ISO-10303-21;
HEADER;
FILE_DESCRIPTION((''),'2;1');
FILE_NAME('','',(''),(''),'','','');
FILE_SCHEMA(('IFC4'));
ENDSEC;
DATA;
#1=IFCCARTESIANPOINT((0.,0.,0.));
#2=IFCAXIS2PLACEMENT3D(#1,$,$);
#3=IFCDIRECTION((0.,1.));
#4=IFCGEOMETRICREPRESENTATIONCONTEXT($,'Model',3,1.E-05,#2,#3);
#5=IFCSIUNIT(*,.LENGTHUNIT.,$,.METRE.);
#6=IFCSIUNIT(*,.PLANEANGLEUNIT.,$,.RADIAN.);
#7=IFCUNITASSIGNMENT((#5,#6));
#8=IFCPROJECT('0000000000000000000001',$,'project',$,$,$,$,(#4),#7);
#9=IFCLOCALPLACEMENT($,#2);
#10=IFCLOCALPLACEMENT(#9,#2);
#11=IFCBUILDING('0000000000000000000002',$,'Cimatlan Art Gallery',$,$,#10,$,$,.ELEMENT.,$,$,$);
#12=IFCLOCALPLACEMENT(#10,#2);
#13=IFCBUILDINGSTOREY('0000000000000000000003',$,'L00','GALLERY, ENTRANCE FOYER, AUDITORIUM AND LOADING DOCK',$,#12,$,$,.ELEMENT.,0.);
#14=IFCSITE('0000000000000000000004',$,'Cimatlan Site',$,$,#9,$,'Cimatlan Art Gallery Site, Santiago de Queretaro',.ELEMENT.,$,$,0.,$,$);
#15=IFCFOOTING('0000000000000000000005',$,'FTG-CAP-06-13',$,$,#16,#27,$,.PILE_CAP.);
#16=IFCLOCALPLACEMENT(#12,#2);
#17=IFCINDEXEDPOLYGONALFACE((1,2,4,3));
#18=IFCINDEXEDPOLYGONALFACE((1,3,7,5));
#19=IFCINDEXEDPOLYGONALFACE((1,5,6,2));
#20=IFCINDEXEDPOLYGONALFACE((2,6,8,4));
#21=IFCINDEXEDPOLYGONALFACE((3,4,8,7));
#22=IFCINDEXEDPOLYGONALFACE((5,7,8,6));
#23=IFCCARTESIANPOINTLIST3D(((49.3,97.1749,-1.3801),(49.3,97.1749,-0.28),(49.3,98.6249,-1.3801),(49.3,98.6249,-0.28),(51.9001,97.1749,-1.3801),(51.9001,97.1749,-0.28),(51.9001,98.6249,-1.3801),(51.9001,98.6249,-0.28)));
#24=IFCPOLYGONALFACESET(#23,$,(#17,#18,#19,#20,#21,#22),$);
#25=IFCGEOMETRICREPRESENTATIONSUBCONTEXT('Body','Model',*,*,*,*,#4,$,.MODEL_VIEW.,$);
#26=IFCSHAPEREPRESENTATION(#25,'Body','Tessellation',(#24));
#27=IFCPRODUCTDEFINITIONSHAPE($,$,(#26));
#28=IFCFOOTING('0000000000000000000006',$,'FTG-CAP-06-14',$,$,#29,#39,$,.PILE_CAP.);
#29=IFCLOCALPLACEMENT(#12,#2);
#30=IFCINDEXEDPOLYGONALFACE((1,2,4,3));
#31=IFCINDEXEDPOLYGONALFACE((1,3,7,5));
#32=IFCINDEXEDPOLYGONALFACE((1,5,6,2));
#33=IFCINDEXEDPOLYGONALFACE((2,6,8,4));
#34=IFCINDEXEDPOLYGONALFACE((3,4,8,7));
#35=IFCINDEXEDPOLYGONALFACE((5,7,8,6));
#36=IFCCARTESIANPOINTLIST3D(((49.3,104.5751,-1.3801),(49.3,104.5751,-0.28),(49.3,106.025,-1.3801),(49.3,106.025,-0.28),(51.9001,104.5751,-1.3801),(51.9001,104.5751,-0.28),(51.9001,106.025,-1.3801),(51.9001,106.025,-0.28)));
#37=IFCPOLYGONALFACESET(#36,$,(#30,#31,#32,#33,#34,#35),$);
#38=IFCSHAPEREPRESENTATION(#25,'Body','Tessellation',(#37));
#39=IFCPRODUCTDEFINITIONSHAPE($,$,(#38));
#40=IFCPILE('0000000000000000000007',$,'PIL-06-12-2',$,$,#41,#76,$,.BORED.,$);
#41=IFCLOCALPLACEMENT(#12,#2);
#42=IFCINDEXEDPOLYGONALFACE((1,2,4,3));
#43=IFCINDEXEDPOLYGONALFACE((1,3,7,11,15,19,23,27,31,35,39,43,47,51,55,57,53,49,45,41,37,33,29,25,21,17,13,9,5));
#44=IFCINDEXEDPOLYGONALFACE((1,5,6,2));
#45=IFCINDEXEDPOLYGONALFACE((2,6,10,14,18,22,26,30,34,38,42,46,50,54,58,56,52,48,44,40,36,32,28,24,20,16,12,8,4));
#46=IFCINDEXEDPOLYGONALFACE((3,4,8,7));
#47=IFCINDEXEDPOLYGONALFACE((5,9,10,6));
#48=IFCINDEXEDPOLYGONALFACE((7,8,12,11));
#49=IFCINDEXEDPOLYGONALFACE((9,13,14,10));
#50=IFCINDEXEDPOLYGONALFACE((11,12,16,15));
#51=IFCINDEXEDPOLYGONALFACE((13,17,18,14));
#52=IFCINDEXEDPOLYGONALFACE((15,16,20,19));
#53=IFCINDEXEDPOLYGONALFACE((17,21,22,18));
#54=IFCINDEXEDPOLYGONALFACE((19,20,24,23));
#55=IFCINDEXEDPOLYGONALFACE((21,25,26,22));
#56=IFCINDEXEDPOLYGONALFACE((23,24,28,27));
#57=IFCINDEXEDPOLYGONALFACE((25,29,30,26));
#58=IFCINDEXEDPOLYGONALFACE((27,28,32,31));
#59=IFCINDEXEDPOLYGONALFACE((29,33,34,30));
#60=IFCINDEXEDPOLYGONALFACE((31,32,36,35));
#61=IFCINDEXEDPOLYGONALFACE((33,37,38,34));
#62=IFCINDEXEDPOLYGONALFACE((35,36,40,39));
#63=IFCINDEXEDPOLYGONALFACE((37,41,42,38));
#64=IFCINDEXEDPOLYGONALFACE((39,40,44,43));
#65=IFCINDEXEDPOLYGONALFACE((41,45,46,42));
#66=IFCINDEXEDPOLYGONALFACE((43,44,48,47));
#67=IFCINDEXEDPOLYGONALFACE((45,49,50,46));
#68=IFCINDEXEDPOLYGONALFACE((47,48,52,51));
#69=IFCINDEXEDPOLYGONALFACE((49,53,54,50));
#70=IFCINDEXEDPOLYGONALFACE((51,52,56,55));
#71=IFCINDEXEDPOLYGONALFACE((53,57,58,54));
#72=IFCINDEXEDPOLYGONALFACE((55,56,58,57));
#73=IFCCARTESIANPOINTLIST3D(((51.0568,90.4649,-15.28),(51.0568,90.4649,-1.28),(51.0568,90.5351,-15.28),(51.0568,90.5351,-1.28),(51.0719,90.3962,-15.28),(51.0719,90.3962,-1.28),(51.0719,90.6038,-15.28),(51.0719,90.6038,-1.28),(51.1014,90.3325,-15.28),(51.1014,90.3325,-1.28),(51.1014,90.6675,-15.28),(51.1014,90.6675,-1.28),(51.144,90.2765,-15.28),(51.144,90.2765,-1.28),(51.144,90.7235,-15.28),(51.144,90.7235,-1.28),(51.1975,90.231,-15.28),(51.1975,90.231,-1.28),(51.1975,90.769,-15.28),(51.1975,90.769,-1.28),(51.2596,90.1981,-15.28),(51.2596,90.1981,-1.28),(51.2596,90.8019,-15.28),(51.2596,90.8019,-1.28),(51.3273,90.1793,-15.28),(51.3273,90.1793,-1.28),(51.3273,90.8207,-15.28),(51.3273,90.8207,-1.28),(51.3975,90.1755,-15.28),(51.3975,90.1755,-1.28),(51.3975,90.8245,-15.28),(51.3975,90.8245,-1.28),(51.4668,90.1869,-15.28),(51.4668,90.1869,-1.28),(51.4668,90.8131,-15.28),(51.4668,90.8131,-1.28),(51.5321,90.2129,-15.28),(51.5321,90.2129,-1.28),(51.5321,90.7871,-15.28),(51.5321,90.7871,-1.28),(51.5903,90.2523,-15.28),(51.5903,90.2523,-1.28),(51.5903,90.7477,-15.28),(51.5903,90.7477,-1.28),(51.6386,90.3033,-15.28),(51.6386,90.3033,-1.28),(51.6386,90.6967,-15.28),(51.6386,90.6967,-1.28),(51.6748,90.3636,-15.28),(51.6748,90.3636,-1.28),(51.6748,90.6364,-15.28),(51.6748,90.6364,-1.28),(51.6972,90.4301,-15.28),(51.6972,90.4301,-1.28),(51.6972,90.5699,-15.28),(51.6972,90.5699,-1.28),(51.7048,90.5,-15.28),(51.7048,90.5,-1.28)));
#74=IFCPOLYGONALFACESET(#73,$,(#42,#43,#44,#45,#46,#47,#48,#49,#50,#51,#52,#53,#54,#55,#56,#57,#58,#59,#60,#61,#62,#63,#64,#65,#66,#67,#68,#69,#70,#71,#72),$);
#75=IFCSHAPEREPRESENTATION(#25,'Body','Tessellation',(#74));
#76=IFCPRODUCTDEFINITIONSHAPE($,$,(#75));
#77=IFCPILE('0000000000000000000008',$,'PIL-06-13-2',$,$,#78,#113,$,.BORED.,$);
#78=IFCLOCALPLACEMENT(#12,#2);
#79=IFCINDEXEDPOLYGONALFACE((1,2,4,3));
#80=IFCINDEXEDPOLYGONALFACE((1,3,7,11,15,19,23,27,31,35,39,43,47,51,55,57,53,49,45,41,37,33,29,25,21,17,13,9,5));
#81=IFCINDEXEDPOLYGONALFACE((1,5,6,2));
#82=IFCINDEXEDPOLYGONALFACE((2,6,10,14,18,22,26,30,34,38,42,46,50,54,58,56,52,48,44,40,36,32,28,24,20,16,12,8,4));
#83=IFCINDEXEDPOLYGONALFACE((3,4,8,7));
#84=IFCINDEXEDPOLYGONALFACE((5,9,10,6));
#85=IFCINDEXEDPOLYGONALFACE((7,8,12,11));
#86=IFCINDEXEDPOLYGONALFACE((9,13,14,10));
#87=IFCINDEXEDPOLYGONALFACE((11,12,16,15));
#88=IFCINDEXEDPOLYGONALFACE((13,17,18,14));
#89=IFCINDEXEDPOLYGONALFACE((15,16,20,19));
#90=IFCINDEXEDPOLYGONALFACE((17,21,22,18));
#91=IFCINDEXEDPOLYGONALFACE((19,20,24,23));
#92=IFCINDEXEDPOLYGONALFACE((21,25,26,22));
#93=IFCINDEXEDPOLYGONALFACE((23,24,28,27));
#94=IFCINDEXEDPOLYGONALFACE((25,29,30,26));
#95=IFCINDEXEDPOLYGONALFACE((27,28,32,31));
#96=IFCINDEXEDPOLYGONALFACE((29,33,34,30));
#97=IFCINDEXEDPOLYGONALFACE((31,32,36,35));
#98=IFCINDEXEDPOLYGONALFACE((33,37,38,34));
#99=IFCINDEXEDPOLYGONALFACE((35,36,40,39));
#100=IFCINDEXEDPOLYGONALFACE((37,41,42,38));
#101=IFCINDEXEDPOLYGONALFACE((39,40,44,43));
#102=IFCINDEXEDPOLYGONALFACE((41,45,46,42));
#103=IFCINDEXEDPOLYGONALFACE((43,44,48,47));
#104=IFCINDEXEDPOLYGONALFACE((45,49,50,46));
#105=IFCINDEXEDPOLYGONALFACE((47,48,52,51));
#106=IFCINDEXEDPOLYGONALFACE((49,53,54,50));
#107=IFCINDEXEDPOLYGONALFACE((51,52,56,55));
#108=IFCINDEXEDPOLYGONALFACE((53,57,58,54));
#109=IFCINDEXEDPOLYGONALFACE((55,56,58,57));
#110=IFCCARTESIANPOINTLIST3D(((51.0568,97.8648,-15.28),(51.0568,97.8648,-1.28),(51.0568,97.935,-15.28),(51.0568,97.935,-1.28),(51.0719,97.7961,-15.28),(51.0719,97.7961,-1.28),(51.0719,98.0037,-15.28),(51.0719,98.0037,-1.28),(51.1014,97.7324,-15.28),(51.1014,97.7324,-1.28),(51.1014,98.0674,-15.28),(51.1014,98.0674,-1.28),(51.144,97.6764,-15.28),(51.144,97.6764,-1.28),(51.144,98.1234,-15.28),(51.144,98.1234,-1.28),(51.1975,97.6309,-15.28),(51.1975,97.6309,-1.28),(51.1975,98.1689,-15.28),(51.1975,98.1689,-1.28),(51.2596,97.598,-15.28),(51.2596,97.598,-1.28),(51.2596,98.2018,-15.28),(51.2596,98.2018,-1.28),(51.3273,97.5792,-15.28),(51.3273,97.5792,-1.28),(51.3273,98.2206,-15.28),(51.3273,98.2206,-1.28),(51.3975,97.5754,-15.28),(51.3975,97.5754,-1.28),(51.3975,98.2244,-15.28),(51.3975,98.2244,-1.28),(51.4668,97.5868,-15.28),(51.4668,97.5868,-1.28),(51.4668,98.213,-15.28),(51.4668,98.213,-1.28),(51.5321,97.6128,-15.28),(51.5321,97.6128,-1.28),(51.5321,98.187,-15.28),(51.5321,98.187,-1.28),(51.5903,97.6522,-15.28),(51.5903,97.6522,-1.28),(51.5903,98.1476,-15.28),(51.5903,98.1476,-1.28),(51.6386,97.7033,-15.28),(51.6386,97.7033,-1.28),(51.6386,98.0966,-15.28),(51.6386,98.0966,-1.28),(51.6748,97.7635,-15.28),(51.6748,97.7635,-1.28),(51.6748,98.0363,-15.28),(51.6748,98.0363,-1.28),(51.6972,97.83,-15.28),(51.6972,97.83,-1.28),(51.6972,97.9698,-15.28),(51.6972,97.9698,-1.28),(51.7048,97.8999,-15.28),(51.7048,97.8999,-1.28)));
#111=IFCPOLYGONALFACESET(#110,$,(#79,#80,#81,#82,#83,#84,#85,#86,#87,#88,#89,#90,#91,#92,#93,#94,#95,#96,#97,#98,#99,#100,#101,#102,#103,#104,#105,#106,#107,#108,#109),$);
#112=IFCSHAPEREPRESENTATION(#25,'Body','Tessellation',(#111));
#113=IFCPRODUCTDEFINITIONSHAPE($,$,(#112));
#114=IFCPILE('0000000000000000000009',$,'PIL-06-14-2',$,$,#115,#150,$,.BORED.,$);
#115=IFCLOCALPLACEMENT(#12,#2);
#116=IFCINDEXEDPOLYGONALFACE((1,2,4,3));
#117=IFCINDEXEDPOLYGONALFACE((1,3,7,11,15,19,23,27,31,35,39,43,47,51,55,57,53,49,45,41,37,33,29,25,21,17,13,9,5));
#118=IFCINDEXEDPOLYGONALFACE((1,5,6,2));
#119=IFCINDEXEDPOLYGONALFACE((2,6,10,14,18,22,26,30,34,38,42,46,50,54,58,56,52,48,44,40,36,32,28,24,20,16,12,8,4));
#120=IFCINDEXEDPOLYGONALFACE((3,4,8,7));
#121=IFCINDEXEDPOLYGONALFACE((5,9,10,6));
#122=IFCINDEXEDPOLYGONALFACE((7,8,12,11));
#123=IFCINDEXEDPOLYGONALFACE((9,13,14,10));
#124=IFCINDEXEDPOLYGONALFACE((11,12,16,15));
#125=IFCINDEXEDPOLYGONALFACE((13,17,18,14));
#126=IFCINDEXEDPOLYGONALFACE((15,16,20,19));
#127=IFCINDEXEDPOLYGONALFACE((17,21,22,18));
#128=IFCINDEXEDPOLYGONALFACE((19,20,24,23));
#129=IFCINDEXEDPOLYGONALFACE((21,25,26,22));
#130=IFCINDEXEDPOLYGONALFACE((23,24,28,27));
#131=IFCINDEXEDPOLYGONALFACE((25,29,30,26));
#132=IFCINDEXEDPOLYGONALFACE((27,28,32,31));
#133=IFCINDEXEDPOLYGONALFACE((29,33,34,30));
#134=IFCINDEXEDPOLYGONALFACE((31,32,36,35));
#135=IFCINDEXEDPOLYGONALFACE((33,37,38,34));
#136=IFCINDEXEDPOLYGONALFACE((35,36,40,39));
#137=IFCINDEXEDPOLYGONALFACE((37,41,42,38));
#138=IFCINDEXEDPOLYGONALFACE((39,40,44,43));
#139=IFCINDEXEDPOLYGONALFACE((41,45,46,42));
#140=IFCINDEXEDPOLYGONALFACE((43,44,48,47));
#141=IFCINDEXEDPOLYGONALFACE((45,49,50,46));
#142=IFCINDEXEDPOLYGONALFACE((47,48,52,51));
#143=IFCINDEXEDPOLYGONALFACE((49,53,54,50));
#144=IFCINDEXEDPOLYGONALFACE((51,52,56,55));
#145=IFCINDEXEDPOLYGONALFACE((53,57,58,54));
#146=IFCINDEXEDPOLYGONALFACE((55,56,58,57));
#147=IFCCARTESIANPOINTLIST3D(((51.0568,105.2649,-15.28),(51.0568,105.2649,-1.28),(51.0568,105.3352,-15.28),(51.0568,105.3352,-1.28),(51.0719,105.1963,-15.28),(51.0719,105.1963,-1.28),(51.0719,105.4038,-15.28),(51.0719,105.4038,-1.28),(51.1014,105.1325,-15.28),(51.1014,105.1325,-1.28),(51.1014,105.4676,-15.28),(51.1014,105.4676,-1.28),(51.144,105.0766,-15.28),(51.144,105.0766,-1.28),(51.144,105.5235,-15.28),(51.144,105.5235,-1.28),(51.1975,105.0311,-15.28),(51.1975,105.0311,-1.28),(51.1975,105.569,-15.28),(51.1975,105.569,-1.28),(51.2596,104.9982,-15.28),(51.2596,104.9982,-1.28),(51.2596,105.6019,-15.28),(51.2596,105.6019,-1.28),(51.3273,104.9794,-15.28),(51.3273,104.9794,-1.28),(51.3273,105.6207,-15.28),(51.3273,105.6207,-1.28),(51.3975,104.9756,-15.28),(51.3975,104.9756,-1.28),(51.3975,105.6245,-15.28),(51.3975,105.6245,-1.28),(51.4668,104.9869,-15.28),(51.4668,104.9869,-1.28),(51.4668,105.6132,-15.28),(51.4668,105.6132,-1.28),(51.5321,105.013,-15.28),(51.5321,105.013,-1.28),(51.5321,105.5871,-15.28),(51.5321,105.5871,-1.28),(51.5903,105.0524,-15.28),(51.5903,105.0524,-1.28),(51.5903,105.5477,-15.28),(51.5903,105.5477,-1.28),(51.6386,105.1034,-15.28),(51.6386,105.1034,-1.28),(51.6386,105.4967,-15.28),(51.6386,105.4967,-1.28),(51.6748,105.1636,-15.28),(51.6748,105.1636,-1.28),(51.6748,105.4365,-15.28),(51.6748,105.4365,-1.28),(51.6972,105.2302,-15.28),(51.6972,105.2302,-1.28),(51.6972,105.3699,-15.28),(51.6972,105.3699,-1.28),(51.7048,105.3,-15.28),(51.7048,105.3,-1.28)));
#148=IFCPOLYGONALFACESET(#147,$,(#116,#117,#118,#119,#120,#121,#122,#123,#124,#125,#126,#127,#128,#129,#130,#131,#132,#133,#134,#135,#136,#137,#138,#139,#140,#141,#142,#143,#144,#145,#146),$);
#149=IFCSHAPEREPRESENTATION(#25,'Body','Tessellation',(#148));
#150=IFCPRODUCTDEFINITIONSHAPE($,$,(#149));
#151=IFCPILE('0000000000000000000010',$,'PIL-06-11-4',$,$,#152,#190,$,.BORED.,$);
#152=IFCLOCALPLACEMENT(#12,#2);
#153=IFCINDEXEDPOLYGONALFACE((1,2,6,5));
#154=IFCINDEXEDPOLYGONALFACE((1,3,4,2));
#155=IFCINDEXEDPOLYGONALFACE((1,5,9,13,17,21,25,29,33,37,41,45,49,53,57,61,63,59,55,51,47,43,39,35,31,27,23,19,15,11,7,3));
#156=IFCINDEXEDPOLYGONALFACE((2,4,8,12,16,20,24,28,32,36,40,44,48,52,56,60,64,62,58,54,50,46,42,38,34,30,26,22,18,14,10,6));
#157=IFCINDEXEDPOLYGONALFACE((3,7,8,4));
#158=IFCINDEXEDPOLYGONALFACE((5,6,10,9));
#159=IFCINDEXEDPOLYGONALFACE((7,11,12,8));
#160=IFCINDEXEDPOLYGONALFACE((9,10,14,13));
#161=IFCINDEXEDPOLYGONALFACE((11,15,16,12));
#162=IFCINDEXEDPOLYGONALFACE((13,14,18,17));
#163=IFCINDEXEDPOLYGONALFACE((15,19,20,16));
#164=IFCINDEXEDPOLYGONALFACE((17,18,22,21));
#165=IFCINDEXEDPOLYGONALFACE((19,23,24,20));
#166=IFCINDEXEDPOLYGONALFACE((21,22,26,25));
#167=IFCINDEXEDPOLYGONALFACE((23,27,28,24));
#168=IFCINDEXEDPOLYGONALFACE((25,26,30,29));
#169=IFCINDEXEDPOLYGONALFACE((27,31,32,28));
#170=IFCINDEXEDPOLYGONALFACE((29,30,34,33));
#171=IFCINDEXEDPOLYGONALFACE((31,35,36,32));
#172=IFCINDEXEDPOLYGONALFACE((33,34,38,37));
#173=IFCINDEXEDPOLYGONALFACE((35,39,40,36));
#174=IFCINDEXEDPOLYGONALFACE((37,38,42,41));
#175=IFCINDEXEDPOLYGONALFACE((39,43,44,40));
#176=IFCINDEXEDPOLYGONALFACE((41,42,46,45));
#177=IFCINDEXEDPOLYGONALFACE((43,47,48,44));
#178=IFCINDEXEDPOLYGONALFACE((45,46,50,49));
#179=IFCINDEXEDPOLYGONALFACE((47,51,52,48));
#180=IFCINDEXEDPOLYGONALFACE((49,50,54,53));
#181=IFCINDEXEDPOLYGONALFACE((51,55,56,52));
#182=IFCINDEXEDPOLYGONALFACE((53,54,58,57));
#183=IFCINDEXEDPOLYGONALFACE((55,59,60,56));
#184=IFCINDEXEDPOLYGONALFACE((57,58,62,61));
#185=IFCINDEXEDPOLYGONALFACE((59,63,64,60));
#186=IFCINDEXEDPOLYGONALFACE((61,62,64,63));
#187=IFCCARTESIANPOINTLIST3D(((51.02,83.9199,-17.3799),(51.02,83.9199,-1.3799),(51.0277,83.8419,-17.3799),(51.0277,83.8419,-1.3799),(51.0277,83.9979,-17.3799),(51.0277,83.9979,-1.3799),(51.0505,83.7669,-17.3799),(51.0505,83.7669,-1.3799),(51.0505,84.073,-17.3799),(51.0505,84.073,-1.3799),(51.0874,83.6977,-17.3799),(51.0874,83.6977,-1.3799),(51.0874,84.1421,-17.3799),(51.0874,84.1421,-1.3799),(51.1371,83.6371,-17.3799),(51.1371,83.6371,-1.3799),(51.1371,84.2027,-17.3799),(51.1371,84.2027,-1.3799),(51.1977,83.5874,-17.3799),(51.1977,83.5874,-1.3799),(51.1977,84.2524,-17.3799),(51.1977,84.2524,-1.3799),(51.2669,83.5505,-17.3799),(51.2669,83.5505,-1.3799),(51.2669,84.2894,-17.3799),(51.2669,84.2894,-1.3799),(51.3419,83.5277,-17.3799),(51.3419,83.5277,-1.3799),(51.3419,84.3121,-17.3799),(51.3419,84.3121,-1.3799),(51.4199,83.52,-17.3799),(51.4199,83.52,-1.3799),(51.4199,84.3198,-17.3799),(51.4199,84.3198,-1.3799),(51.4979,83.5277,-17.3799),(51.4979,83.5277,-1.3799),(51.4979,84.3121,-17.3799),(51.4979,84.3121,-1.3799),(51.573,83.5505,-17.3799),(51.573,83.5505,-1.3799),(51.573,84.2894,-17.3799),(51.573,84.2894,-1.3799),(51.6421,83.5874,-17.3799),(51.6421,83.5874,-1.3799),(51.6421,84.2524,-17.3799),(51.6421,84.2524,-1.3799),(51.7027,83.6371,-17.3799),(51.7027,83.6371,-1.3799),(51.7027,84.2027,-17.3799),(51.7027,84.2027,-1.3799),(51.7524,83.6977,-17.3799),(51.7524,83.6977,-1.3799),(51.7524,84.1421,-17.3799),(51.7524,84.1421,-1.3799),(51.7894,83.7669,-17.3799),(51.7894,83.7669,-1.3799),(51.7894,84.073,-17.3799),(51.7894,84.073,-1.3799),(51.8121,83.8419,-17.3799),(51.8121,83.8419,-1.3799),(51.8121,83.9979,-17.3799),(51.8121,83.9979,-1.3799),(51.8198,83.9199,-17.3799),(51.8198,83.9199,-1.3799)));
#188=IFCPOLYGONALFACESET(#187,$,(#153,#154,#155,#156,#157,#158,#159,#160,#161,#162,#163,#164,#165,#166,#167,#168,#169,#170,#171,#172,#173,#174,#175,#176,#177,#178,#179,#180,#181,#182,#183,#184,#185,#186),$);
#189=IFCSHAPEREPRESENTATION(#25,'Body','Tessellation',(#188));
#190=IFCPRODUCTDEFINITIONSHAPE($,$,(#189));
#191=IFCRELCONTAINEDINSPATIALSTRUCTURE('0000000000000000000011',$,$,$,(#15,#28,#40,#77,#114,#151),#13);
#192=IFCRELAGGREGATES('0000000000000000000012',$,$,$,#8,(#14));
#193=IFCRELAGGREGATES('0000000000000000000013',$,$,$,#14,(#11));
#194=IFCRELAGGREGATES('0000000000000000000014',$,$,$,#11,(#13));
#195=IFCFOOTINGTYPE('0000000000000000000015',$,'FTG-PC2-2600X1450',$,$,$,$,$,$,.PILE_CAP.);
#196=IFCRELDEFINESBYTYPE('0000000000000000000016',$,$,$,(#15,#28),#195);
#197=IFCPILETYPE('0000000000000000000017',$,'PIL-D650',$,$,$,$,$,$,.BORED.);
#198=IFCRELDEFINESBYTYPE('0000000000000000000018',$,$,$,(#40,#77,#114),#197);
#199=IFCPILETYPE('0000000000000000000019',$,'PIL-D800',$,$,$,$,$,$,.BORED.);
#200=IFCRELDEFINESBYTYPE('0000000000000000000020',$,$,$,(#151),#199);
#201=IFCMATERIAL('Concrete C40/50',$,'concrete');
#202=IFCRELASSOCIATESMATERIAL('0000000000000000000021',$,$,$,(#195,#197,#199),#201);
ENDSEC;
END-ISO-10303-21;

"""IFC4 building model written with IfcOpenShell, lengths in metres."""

from ifc_helpers import new_model, si_unit, direction, frame, origin, origin_2d, place, context, subcontext, project, spatial, rectangle, circle, extrude, material, type_object, element, save


model = new_model("IFC4")

# Units and contexts
model_context = context("Model", 3, precision=1e-05, world=origin(), true_north=direction((0.0, 1.0)))
body_context = subcontext(model_context, "Body", "Model", "MODEL_VIEW")
ifc_project = project(units=[si_unit("LENGTHUNIT", "METRE"), si_unit("PLANEANGLEUNIT", "RADIAN")], contexts=[model_context])

# Site, building, storey
site_placement = place(None, origin())
site = spatial("IfcSite", under=ifc_project, at=site_placement, Name="Cimatlan Site", LongName="Cimatlan Art Gallery Site, Santiago de Queretaro", CompositionType="ELEMENT", RefElevation=0.0)
building_placement = place(site_placement, origin())
building = spatial("IfcBuilding", under=site, at=building_placement, Name="Cimatlan Art Gallery", CompositionType="ELEMENT")
storey_placement = place(building_placement, origin())
storey = spatial("IfcBuildingStorey", under=building, at=storey_placement, Name="L00", Description="GALLERY, ENTRANCE FOYER, AUDITORIUM AND LOADING DOCK", CompositionType="ELEMENT", Elevation=0.0)

# Footings
ifc_material_1 = material(Name="Concrete C40/50", Category="concrete")
footing_type = type_object("IfcFootingType", Name="FTG-PC2-2600X1450", PredefinedType="PILE_CAP", material=ifc_material_1)
for number, where, z_axis, x_axis, name in (
    (1, (50.6001, 97.8999, -1.3801), (0.0, 0.0, 1.0), (1.0, 0.0, 0.0), "FTG-CAP-06-13"),
    (2, (50.6001, 105.3, -1.3801), (0.0, 0.0, 1.0), (1.0, 0.0, 0.0), "FTG-CAP-06-14"),
):
    element("IfcFooting", number, at=place(storey_placement, frame(where, z_axis=z_axis, x_axis=x_axis)), inside=storey, type_object=footing_type, Name=name, PredefinedType="PILE_CAP", context=body_context, shape_type="SweptSolid", body=[
        extrude(rectangle(XDim=2.6001, YDim=1.45, at=origin_2d()), origin(), (0.0, 0.0, 1.0), 1.1001),
    ])

# Piles
pile_type_1 = type_object("IfcPileType", Name="PIL-D650", PredefinedType="BORED", material=ifc_material_1)
for number, where, z_axis, x_axis, name in (
    (3, (51.3799, 90.5, -1.28), (0.0, 0.0, -1.0), (1.0, 0.0, 0.0), "PIL-06-12-2"),
    (4, (51.3799, 97.8999, -1.28), (0.0, 0.0, -1.0), (1.0, 0.0, 0.0), "PIL-06-13-2"),
    (5, (51.3799, 105.3, -1.28), (0.0, 0.0, -1.0), (1.0, 0.0, 0.0), "PIL-06-14-2"),
):
    element("IfcPile", number, at=place(storey_placement, frame(where, z_axis=z_axis, x_axis=x_axis)), inside=storey, type_object=pile_type_1, Name=name, PredefinedType="BORED", context=body_context, shape_type="SweptSolid", body=[
        extrude(circle(Radius=0.325, at=origin_2d()), origin(), (0.0, 0.0, 1.0), 14.0),
    ])
pile_type_2 = type_object("IfcPileType", Name="PIL-D800", PredefinedType="BORED", material=ifc_material_1)
for number, where, z_axis, x_axis, name in (
    (6, (51.4199, 83.9199, -1.3799), (0.0, 0.0, -1.0), (1.0, 0.0, 0.0), "PIL-06-11-4"),
):
    element("IfcPile", number, at=place(storey_placement, frame(where, z_axis=z_axis, x_axis=x_axis)), inside=storey, type_object=pile_type_2, Name=name, PredefinedType="BORED", context=body_context, shape_type="SweptSolid", body=[
        extrude(circle(Radius=0.3999, at=origin_2d()), origin(), (0.0, 0.0, 1.0), 16.0),
    ])

save(model, "model.ifc")
